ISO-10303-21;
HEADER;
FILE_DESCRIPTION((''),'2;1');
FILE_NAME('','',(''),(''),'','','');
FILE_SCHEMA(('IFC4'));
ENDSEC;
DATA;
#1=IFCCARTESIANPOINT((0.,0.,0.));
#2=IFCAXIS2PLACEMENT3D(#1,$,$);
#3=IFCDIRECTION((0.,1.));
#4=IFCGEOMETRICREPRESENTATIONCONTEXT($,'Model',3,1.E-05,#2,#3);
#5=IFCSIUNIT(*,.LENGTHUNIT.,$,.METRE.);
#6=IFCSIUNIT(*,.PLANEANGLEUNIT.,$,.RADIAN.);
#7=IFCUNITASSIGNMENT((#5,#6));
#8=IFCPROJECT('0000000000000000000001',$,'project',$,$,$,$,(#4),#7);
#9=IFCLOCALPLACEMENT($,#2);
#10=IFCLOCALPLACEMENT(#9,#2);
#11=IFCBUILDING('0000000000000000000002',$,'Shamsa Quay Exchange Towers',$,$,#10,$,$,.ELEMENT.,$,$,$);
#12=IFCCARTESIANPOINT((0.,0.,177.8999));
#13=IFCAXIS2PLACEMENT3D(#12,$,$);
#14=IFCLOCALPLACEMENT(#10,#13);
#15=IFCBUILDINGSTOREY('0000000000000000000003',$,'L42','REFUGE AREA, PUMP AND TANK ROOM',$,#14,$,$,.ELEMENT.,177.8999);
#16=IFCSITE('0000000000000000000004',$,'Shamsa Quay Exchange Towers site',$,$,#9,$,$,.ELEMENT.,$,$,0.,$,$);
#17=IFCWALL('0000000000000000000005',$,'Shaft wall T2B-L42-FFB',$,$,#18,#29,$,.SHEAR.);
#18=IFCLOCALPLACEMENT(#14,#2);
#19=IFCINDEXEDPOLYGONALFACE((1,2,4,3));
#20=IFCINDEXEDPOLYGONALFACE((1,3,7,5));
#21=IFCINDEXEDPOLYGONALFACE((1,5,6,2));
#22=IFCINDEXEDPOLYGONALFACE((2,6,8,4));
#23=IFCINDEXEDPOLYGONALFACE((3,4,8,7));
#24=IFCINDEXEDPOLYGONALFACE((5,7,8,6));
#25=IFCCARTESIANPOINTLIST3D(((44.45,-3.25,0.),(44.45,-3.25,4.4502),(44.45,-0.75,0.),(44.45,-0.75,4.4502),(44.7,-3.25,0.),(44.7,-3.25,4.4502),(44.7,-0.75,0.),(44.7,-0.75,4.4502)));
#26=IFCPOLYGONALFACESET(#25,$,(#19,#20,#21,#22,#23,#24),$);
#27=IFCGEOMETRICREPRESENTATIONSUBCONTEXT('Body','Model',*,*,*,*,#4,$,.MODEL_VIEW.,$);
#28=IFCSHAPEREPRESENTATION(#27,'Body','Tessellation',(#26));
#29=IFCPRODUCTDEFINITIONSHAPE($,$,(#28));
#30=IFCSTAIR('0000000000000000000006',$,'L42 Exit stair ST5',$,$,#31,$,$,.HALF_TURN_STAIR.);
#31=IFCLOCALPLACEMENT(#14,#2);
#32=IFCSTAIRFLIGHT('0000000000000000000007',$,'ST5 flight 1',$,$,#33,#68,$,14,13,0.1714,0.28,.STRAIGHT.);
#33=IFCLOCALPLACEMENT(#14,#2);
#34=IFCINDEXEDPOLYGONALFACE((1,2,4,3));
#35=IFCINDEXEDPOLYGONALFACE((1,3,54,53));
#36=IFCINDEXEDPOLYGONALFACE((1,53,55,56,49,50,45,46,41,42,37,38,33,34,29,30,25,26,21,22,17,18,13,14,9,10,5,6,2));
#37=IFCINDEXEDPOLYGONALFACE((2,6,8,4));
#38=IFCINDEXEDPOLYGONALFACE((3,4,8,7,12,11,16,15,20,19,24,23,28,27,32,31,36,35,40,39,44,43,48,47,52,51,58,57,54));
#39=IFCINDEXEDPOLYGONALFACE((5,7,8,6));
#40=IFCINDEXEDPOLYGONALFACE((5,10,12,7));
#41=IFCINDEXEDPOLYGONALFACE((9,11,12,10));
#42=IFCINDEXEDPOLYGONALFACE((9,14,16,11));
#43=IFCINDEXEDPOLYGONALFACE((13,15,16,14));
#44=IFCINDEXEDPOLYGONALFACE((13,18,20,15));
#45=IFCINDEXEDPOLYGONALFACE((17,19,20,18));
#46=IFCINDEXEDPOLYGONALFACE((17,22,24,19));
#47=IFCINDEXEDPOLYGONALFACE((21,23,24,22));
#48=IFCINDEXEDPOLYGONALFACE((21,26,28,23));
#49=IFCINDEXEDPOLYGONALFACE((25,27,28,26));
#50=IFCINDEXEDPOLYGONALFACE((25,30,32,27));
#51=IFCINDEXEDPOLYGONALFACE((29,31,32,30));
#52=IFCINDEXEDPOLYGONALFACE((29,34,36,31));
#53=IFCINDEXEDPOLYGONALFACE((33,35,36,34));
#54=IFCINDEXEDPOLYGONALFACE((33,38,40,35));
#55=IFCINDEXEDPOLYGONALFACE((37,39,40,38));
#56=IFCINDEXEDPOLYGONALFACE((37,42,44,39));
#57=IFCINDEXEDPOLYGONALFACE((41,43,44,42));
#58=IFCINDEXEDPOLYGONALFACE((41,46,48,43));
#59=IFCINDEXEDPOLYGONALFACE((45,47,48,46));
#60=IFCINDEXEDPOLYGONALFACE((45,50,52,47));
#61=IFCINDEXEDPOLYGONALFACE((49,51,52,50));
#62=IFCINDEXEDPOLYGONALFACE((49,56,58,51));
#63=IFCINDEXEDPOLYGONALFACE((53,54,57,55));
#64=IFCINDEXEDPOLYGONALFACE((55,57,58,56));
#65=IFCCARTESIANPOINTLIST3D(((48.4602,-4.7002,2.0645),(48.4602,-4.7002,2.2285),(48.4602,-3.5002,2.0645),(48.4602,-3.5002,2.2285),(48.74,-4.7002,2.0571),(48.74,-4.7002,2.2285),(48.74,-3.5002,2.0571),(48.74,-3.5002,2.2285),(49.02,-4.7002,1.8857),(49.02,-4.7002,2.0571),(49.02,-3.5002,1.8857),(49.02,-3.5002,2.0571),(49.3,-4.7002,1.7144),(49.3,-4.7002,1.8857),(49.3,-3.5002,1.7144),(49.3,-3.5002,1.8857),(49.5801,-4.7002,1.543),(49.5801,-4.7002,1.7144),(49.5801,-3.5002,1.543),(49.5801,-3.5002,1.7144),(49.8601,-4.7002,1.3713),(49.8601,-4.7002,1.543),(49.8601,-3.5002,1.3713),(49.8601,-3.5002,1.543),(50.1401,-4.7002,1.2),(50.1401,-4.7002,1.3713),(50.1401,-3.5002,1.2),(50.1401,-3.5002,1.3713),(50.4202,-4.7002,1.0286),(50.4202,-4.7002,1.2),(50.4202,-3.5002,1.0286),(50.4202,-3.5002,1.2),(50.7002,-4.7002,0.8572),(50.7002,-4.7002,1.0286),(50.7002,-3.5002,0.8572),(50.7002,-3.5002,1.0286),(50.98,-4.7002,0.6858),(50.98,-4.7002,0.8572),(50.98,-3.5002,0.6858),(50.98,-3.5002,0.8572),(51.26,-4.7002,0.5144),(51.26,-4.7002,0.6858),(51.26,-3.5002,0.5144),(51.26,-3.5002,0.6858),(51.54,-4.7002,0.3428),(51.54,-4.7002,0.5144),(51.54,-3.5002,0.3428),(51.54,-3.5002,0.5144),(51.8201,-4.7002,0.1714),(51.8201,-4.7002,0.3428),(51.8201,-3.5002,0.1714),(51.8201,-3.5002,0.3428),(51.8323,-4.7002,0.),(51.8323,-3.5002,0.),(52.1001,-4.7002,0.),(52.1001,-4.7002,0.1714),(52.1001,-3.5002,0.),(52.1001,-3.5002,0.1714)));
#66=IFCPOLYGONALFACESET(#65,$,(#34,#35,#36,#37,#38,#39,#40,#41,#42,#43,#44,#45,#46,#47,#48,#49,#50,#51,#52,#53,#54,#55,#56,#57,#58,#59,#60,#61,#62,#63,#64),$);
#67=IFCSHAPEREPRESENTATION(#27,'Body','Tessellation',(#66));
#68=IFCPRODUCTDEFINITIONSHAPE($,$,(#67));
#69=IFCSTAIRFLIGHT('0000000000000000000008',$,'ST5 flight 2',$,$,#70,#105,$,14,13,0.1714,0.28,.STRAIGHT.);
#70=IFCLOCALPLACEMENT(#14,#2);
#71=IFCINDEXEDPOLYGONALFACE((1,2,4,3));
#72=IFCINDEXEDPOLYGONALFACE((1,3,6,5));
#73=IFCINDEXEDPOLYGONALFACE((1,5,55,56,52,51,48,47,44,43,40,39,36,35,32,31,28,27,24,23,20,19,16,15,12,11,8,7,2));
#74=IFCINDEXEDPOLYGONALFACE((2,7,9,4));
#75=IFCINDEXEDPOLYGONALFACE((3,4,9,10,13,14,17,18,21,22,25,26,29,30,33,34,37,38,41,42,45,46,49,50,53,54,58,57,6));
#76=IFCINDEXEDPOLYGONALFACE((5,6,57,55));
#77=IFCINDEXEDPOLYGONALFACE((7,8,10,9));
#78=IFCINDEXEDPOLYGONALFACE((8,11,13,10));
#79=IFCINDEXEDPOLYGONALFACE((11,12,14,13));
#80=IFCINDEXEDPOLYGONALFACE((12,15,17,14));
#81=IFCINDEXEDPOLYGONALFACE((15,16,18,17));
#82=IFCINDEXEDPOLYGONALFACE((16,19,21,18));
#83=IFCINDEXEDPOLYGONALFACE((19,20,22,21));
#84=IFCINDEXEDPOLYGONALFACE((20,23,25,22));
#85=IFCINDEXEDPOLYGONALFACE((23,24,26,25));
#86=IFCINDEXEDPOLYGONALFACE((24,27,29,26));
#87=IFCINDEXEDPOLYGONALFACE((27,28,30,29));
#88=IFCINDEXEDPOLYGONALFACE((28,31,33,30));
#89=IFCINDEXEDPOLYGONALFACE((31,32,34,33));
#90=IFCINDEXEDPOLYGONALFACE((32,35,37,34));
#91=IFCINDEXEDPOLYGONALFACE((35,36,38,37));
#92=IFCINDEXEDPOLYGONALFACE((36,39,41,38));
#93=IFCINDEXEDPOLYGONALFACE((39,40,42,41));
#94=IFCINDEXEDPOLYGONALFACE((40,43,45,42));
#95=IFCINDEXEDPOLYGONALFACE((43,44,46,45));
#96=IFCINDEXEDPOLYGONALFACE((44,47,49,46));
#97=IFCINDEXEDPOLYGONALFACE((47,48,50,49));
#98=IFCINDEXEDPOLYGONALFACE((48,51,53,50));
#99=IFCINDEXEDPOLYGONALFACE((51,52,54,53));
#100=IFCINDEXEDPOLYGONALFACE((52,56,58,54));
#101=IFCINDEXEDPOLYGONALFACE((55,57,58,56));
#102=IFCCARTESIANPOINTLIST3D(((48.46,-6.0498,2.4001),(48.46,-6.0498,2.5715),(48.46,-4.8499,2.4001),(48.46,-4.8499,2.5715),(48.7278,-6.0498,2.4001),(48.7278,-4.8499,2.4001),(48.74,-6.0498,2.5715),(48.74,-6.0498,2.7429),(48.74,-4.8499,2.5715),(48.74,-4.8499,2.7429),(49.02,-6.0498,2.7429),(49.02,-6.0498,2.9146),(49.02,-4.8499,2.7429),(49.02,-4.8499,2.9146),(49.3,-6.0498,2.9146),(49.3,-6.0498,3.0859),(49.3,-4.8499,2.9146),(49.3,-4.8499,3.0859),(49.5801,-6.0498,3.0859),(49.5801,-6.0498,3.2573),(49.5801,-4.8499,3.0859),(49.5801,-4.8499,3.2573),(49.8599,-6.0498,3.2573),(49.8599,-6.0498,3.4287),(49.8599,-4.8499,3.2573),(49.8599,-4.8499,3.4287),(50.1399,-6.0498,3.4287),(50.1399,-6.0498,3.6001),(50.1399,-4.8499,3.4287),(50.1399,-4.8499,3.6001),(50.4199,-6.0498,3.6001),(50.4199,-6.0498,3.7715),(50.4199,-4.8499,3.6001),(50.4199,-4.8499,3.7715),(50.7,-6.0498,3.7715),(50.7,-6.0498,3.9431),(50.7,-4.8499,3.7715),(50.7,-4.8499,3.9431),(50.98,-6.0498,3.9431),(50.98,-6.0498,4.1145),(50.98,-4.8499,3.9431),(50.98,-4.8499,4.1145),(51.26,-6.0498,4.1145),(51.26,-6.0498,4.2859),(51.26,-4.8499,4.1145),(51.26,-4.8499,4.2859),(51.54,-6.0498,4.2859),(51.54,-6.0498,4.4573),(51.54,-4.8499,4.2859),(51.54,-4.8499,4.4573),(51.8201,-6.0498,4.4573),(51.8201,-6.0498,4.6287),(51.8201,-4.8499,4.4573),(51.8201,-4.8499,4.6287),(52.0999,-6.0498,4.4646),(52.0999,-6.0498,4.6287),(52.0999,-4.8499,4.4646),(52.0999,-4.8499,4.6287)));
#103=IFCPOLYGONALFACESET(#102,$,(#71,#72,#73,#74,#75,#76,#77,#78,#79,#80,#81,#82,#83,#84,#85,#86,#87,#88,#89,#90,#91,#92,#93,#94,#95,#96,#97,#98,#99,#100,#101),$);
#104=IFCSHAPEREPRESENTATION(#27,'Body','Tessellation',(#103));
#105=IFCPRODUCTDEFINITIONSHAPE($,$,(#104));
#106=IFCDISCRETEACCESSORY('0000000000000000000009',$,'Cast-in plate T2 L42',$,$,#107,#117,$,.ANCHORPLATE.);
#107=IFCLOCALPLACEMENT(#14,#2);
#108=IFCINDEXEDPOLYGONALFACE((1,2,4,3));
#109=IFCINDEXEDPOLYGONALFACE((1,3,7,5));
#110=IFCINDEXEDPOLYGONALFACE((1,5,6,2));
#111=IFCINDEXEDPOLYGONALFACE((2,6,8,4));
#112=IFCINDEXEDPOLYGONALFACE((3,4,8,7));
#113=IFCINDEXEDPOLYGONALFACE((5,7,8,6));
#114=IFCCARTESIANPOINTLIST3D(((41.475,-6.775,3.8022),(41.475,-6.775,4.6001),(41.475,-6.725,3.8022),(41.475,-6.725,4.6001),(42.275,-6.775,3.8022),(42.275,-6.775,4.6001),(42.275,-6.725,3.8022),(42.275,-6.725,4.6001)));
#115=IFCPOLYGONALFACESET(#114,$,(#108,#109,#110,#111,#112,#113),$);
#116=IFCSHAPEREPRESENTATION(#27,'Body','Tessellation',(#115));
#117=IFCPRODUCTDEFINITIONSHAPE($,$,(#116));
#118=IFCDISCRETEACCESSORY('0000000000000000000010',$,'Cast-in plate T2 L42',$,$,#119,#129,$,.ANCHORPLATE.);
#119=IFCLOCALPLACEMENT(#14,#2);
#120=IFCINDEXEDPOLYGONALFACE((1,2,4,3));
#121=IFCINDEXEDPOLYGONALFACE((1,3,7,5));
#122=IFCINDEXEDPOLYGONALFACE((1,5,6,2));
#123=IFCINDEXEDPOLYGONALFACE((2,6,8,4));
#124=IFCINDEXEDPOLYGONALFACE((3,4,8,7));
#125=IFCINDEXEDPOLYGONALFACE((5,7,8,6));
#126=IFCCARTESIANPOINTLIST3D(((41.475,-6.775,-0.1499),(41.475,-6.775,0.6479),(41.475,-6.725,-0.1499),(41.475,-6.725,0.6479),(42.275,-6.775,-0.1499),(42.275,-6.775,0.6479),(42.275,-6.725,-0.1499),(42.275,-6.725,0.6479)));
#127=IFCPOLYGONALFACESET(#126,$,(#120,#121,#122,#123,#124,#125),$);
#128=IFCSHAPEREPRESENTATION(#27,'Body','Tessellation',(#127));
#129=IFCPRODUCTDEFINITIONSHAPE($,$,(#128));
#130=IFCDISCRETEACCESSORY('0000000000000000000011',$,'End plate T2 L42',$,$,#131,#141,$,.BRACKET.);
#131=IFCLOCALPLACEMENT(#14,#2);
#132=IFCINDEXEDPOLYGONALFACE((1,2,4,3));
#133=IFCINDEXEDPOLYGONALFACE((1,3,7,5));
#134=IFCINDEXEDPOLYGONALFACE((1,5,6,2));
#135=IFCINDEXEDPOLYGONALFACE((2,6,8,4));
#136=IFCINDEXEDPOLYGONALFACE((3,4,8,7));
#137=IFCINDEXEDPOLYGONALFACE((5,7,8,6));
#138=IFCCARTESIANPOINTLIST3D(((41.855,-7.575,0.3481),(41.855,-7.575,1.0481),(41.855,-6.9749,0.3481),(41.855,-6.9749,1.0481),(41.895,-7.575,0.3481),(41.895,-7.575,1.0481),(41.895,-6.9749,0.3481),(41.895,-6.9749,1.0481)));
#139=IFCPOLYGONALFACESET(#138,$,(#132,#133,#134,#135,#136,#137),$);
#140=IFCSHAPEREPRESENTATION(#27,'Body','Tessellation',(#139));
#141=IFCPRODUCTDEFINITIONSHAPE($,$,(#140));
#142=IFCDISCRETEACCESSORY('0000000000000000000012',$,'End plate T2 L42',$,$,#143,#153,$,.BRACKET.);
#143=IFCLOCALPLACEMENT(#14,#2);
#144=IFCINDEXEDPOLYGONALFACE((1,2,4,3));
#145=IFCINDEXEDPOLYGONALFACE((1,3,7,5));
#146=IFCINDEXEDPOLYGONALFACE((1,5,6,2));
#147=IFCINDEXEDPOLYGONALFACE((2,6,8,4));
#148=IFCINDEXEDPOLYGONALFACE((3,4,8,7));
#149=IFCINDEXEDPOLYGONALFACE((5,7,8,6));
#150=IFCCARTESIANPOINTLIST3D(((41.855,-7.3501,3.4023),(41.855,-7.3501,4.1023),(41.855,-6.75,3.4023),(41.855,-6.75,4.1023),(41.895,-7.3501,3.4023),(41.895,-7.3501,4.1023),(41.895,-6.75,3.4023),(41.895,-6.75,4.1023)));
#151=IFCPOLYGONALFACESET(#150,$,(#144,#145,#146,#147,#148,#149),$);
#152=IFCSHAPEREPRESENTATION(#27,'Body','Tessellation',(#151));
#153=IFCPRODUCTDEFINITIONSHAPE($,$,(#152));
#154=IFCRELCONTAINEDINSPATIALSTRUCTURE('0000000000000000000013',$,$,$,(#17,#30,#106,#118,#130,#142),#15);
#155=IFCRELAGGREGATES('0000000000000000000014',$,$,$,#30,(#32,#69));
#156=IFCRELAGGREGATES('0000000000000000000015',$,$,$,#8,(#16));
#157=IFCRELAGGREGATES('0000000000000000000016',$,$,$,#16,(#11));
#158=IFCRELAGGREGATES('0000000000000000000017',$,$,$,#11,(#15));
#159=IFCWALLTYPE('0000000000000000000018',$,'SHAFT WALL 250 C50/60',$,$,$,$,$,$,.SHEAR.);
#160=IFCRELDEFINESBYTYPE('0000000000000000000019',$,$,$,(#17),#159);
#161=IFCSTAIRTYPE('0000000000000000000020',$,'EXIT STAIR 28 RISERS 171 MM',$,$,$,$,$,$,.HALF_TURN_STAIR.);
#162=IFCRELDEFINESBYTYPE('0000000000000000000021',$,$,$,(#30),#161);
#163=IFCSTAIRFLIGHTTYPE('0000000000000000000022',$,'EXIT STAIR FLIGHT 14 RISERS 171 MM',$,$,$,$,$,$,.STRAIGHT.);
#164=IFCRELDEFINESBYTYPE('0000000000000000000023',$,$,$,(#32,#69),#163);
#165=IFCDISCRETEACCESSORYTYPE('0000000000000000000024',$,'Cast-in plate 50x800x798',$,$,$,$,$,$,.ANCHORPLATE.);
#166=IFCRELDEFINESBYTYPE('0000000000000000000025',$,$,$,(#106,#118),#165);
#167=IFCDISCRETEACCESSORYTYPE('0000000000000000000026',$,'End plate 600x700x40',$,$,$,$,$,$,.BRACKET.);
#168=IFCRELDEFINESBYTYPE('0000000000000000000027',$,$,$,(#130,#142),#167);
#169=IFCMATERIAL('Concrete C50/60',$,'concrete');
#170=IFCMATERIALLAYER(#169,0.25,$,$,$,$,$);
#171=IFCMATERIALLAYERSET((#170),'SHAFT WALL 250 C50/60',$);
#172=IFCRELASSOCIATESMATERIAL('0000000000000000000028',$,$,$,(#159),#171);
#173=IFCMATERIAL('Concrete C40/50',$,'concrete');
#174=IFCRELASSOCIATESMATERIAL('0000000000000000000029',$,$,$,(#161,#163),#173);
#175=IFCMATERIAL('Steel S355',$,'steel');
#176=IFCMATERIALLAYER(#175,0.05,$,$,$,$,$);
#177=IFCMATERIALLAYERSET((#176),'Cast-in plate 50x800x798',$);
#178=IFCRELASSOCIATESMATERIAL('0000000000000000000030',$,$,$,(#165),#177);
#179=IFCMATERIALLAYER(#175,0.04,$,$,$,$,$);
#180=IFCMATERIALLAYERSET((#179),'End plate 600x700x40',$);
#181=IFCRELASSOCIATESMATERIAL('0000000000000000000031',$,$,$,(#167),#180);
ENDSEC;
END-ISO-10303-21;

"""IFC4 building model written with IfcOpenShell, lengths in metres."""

from ifc_helpers import new_model, si_unit, direction, frame, frame_2d, origin, origin_2d, place, context, subcontext, project, spatial, polyline, rectangle, outline, extrude, material, layer, layer_set, type_object, element, aggregate, save


model = new_model("IFC4")

# Units and contexts
model_context = context("Model", 3, precision=1e-05, world=origin(), true_north=direction((0.0, 1.0)))
body_context = subcontext(model_context, "Body", "Model", "MODEL_VIEW")
ifc_project = project(units=[si_unit("LENGTHUNIT", "METRE"), si_unit("PLANEANGLEUNIT", "RADIAN")], contexts=[model_context])

# Site, building, storey
site_placement = place(None, origin())
site = spatial("IfcSite", under=ifc_project, at=site_placement, Name="Shamsa Quay Exchange Towers site", CompositionType="ELEMENT", RefElevation=0.0)
building_placement = place(site_placement, origin())
building = spatial("IfcBuilding", under=site, at=building_placement, Name="Shamsa Quay Exchange Towers", CompositionType="ELEMENT")
storey_placement = place(building_placement, frame((0.0, 0.0, 177.8999)))
storey = spatial("IfcBuildingStorey", under=building, at=storey_placement, Name="L42", Description="REFUGE AREA, PUMP AND TANK ROOM", CompositionType="ELEMENT", Elevation=177.8999)

# Shared definitions
ifc_material_1 = material(Name="Steel S355", Category="steel")

# Shared definitions
ifc_material_2 = material(Name="Concrete C50/60", Category="concrete")
ifc_layer_1 = layer(ifc_material_2, 0.25)
ifc_layer_set_1 = layer_set([ifc_layer_1], Name="SHAFT WALL 250 C50/60")
wall_type = type_object("IfcWallType", Name="SHAFT WALL 250 C50/60", PredefinedType="SHEAR", material=ifc_layer_set_1)

# Wall
wall_1_placement = place(storey_placement, frame((44.575, -3.25, 0.0), z_axis=(0.0, 0.0, 1.0), x_axis=(0.0, 1.0, 0.0)))
element("IfcWall", 1, at=wall_1_placement, inside=storey, type_object=wall_type, Name="Shaft wall T2B-L42-FFB", PredefinedType="SHEAR", context=body_context, shape_type="SweptSolid", body=[
    extrude(rectangle(XDim=2.5, YDim=0.25, at=frame_2d((1.25, 0.0))), origin(), (0.0, 0.0, 1.0), 4.4502),
])

# Stair, stair flights
ifc_material_3 = material(Name="Concrete C40/50", Category="concrete")
stair_type = type_object("IfcStairType", Name="EXIT STAIR 28 RISERS 171 MM", PredefinedType="HALF_TURN_STAIR", material=ifc_material_3)
stair_placement = place(storey_placement, origin())
stair = element("IfcStair", 2, at=stair_placement, inside=storey, type_object=stair_type, Name="L42 Exit stair ST5", PredefinedType="HALF_TURN_STAIR")
stair_flight_type = type_object("IfcStairFlightType", Name="EXIT STAIR FLIGHT 14 RISERS 171 MM", PredefinedType="STRAIGHT", material=ifc_material_3)
stair_flight_1_placement = place(storey_placement, frame((52.1001, -4.1001, 0.0), z_axis=(0.0, 0.0, 1.0), x_axis=(-1.0, 0.0, 0.0)))
stair_flight_1 = element("IfcStairFlight", 3, at=stair_flight_1_placement, type_object=stair_flight_type, Name="ST5 flight 1", NumberOfRisers=14, NumberOfTreads=13, PredefinedType="STRAIGHT", RiserHeight=0.1714, TreadLength=0.28, context=body_context, shape_type="SweptSolid", body=[
    extrude(outline(polyline([(0.0, 0.0), (0.0, 0.1714), (0.28, 0.1714), (0.28, 0.3428), (0.5601, 0.3428), (0.5601, 0.5144), (0.8401, 0.5144), (0.8401, 0.6858), (1.1201, 0.6858), (1.1201, 0.8572), (1.3999, 0.8572), (1.3999, 1.0286), (1.6799, 1.0286), (1.6799, 1.2), (1.96, 1.2), (1.96, 1.3713), (2.24, 1.3713), (2.24, 1.543), (2.52, 1.543), (2.52, 1.7144), (2.8, 1.7144), (2.8, 1.8857), (3.0801, 1.8857), (3.0801, 2.0571), (3.3601, 2.0571), (3.3601, 2.2285), (3.6399, 2.2285), (3.6399, 2.3999), (3.6399, 2.0645), (0.2678, 0.0), (0.0, 0.0)])), frame((0.0, 0.6001, 0.0), z_axis=(0.0, -1.0, 0.0), x_axis=(1.0, 0.0, 0.0)), (0.0, 0.0, 1.0), 1.2),
])
stair_flight_2_placement = place(storey_placement, frame((48.46, -5.45, 2.4001)))
stair_flight_2 = element("IfcStairFlight", 4, at=stair_flight_2_placement, type_object=stair_flight_type, Name="ST5 flight 2", NumberOfRisers=14, NumberOfTreads=13, PredefinedType="STRAIGHT", RiserHeight=0.1714, TreadLength=0.28, context=body_context, shape_type="SweptSolid", body=[
    extrude(outline(polyline([(0.0, 0.0), (0.0, 0.1714), (0.28, 0.1714), (0.28, 0.3428), (0.5601, 0.3428), (0.5601, 0.5144), (0.8401, 0.5144), (0.8401, 0.6858), (1.1201, 0.6858), (1.1201, 0.8572), (1.3999, 0.8572), (1.3999, 1.0286), (1.6799, 1.0286), (1.6799, 1.2), (1.96, 1.2), (1.96, 1.3713), (2.24, 1.3713), (2.24, 1.543), (2.52, 1.543), (2.52, 1.7144), (2.8, 1.7144), (2.8, 1.8857), (3.0801, 1.8857), (3.0801, 2.0571), (3.3601, 2.0571), (3.3601, 2.2285), (3.6399, 2.2285), (3.6399, 2.3999), (3.6399, 2.0645), (0.2678, 0.0), (0.0, 0.0)])), frame((0.0, 0.6001, 0.0), z_axis=(0.0, -1.0, 0.0), x_axis=(1.0, 0.0, 0.0)), (0.0, 0.0, 1.0), 1.2),
])
aggregate(stair, [stair_flight_1, stair_flight_2])

# Discrete accessories
ifc_layer_2 = layer(ifc_material_1, 0.05)
ifc_layer_set_2 = layer_set([ifc_layer_2], Name="Cast-in plate 50x800x798")
discrete_accessory_type_1 = type_object("IfcDiscreteAccessoryType", Name="Cast-in plate 50x800x798", PredefinedType="ANCHORPLATE", material=ifc_layer_set_2)
for number, where, z_axis, x_axis, name in (
    (5, (41.875, -6.75, 3.8022), (0.0, 0.0, 1.0), (0.0, 1.0, 0.0), "Cast-in plate T2 L42"),
    (6, (41.875, -6.75, -0.1499), (0.0, 0.0, 1.0), (0.0, 1.0, 0.0), "Cast-in plate T2 L42"),
):
    element("IfcDiscreteAccessory", number, at=place(storey_placement, frame(where, z_axis=z_axis, x_axis=x_axis)), inside=storey, type_object=discrete_accessory_type_1, Name=name, PredefinedType="ANCHORPLATE", context=body_context, shape_type="SweptSolid", body=[
        extrude(rectangle(XDim=0.05, YDim=0.8, at=origin_2d()), origin(), (0.0, 0.0, 1.0), 0.7979),
    ])
ifc_layer_3 = layer(ifc_material_1, 0.04)
ifc_layer_set_3 = layer_set([ifc_layer_3], Name="End plate 600x700x40")
discrete_accessory_type_2 = type_object("IfcDiscreteAccessoryType", Name="End plate 600x700x40", PredefinedType="BRACKET", material=ifc_layer_set_3)
for number, where, z_axis, x_axis, name in (
    (7, (41.875, -7.2749, 0.3481), (0.0, 0.0, 1.0), (0.0, 1.0, 0.0), "End plate T2 L42"),
    (8, (41.875, -7.05, 3.4023), (0.0, 0.0, 1.0), (0.0, 1.0, 0.0), "End plate T2 L42"),
):
    element("IfcDiscreteAccessory", number, at=place(storey_placement, frame(where, z_axis=z_axis, x_axis=x_axis)), inside=storey, type_object=discrete_accessory_type_2, Name=name, PredefinedType="BRACKET", context=body_context, shape_type="SweptSolid", body=[
        extrude(rectangle(XDim=0.6001, YDim=0.04, at=origin_2d()), origin(), (0.0, 0.0, 1.0), 0.7),
    ])

save(model, "model.ifc")
